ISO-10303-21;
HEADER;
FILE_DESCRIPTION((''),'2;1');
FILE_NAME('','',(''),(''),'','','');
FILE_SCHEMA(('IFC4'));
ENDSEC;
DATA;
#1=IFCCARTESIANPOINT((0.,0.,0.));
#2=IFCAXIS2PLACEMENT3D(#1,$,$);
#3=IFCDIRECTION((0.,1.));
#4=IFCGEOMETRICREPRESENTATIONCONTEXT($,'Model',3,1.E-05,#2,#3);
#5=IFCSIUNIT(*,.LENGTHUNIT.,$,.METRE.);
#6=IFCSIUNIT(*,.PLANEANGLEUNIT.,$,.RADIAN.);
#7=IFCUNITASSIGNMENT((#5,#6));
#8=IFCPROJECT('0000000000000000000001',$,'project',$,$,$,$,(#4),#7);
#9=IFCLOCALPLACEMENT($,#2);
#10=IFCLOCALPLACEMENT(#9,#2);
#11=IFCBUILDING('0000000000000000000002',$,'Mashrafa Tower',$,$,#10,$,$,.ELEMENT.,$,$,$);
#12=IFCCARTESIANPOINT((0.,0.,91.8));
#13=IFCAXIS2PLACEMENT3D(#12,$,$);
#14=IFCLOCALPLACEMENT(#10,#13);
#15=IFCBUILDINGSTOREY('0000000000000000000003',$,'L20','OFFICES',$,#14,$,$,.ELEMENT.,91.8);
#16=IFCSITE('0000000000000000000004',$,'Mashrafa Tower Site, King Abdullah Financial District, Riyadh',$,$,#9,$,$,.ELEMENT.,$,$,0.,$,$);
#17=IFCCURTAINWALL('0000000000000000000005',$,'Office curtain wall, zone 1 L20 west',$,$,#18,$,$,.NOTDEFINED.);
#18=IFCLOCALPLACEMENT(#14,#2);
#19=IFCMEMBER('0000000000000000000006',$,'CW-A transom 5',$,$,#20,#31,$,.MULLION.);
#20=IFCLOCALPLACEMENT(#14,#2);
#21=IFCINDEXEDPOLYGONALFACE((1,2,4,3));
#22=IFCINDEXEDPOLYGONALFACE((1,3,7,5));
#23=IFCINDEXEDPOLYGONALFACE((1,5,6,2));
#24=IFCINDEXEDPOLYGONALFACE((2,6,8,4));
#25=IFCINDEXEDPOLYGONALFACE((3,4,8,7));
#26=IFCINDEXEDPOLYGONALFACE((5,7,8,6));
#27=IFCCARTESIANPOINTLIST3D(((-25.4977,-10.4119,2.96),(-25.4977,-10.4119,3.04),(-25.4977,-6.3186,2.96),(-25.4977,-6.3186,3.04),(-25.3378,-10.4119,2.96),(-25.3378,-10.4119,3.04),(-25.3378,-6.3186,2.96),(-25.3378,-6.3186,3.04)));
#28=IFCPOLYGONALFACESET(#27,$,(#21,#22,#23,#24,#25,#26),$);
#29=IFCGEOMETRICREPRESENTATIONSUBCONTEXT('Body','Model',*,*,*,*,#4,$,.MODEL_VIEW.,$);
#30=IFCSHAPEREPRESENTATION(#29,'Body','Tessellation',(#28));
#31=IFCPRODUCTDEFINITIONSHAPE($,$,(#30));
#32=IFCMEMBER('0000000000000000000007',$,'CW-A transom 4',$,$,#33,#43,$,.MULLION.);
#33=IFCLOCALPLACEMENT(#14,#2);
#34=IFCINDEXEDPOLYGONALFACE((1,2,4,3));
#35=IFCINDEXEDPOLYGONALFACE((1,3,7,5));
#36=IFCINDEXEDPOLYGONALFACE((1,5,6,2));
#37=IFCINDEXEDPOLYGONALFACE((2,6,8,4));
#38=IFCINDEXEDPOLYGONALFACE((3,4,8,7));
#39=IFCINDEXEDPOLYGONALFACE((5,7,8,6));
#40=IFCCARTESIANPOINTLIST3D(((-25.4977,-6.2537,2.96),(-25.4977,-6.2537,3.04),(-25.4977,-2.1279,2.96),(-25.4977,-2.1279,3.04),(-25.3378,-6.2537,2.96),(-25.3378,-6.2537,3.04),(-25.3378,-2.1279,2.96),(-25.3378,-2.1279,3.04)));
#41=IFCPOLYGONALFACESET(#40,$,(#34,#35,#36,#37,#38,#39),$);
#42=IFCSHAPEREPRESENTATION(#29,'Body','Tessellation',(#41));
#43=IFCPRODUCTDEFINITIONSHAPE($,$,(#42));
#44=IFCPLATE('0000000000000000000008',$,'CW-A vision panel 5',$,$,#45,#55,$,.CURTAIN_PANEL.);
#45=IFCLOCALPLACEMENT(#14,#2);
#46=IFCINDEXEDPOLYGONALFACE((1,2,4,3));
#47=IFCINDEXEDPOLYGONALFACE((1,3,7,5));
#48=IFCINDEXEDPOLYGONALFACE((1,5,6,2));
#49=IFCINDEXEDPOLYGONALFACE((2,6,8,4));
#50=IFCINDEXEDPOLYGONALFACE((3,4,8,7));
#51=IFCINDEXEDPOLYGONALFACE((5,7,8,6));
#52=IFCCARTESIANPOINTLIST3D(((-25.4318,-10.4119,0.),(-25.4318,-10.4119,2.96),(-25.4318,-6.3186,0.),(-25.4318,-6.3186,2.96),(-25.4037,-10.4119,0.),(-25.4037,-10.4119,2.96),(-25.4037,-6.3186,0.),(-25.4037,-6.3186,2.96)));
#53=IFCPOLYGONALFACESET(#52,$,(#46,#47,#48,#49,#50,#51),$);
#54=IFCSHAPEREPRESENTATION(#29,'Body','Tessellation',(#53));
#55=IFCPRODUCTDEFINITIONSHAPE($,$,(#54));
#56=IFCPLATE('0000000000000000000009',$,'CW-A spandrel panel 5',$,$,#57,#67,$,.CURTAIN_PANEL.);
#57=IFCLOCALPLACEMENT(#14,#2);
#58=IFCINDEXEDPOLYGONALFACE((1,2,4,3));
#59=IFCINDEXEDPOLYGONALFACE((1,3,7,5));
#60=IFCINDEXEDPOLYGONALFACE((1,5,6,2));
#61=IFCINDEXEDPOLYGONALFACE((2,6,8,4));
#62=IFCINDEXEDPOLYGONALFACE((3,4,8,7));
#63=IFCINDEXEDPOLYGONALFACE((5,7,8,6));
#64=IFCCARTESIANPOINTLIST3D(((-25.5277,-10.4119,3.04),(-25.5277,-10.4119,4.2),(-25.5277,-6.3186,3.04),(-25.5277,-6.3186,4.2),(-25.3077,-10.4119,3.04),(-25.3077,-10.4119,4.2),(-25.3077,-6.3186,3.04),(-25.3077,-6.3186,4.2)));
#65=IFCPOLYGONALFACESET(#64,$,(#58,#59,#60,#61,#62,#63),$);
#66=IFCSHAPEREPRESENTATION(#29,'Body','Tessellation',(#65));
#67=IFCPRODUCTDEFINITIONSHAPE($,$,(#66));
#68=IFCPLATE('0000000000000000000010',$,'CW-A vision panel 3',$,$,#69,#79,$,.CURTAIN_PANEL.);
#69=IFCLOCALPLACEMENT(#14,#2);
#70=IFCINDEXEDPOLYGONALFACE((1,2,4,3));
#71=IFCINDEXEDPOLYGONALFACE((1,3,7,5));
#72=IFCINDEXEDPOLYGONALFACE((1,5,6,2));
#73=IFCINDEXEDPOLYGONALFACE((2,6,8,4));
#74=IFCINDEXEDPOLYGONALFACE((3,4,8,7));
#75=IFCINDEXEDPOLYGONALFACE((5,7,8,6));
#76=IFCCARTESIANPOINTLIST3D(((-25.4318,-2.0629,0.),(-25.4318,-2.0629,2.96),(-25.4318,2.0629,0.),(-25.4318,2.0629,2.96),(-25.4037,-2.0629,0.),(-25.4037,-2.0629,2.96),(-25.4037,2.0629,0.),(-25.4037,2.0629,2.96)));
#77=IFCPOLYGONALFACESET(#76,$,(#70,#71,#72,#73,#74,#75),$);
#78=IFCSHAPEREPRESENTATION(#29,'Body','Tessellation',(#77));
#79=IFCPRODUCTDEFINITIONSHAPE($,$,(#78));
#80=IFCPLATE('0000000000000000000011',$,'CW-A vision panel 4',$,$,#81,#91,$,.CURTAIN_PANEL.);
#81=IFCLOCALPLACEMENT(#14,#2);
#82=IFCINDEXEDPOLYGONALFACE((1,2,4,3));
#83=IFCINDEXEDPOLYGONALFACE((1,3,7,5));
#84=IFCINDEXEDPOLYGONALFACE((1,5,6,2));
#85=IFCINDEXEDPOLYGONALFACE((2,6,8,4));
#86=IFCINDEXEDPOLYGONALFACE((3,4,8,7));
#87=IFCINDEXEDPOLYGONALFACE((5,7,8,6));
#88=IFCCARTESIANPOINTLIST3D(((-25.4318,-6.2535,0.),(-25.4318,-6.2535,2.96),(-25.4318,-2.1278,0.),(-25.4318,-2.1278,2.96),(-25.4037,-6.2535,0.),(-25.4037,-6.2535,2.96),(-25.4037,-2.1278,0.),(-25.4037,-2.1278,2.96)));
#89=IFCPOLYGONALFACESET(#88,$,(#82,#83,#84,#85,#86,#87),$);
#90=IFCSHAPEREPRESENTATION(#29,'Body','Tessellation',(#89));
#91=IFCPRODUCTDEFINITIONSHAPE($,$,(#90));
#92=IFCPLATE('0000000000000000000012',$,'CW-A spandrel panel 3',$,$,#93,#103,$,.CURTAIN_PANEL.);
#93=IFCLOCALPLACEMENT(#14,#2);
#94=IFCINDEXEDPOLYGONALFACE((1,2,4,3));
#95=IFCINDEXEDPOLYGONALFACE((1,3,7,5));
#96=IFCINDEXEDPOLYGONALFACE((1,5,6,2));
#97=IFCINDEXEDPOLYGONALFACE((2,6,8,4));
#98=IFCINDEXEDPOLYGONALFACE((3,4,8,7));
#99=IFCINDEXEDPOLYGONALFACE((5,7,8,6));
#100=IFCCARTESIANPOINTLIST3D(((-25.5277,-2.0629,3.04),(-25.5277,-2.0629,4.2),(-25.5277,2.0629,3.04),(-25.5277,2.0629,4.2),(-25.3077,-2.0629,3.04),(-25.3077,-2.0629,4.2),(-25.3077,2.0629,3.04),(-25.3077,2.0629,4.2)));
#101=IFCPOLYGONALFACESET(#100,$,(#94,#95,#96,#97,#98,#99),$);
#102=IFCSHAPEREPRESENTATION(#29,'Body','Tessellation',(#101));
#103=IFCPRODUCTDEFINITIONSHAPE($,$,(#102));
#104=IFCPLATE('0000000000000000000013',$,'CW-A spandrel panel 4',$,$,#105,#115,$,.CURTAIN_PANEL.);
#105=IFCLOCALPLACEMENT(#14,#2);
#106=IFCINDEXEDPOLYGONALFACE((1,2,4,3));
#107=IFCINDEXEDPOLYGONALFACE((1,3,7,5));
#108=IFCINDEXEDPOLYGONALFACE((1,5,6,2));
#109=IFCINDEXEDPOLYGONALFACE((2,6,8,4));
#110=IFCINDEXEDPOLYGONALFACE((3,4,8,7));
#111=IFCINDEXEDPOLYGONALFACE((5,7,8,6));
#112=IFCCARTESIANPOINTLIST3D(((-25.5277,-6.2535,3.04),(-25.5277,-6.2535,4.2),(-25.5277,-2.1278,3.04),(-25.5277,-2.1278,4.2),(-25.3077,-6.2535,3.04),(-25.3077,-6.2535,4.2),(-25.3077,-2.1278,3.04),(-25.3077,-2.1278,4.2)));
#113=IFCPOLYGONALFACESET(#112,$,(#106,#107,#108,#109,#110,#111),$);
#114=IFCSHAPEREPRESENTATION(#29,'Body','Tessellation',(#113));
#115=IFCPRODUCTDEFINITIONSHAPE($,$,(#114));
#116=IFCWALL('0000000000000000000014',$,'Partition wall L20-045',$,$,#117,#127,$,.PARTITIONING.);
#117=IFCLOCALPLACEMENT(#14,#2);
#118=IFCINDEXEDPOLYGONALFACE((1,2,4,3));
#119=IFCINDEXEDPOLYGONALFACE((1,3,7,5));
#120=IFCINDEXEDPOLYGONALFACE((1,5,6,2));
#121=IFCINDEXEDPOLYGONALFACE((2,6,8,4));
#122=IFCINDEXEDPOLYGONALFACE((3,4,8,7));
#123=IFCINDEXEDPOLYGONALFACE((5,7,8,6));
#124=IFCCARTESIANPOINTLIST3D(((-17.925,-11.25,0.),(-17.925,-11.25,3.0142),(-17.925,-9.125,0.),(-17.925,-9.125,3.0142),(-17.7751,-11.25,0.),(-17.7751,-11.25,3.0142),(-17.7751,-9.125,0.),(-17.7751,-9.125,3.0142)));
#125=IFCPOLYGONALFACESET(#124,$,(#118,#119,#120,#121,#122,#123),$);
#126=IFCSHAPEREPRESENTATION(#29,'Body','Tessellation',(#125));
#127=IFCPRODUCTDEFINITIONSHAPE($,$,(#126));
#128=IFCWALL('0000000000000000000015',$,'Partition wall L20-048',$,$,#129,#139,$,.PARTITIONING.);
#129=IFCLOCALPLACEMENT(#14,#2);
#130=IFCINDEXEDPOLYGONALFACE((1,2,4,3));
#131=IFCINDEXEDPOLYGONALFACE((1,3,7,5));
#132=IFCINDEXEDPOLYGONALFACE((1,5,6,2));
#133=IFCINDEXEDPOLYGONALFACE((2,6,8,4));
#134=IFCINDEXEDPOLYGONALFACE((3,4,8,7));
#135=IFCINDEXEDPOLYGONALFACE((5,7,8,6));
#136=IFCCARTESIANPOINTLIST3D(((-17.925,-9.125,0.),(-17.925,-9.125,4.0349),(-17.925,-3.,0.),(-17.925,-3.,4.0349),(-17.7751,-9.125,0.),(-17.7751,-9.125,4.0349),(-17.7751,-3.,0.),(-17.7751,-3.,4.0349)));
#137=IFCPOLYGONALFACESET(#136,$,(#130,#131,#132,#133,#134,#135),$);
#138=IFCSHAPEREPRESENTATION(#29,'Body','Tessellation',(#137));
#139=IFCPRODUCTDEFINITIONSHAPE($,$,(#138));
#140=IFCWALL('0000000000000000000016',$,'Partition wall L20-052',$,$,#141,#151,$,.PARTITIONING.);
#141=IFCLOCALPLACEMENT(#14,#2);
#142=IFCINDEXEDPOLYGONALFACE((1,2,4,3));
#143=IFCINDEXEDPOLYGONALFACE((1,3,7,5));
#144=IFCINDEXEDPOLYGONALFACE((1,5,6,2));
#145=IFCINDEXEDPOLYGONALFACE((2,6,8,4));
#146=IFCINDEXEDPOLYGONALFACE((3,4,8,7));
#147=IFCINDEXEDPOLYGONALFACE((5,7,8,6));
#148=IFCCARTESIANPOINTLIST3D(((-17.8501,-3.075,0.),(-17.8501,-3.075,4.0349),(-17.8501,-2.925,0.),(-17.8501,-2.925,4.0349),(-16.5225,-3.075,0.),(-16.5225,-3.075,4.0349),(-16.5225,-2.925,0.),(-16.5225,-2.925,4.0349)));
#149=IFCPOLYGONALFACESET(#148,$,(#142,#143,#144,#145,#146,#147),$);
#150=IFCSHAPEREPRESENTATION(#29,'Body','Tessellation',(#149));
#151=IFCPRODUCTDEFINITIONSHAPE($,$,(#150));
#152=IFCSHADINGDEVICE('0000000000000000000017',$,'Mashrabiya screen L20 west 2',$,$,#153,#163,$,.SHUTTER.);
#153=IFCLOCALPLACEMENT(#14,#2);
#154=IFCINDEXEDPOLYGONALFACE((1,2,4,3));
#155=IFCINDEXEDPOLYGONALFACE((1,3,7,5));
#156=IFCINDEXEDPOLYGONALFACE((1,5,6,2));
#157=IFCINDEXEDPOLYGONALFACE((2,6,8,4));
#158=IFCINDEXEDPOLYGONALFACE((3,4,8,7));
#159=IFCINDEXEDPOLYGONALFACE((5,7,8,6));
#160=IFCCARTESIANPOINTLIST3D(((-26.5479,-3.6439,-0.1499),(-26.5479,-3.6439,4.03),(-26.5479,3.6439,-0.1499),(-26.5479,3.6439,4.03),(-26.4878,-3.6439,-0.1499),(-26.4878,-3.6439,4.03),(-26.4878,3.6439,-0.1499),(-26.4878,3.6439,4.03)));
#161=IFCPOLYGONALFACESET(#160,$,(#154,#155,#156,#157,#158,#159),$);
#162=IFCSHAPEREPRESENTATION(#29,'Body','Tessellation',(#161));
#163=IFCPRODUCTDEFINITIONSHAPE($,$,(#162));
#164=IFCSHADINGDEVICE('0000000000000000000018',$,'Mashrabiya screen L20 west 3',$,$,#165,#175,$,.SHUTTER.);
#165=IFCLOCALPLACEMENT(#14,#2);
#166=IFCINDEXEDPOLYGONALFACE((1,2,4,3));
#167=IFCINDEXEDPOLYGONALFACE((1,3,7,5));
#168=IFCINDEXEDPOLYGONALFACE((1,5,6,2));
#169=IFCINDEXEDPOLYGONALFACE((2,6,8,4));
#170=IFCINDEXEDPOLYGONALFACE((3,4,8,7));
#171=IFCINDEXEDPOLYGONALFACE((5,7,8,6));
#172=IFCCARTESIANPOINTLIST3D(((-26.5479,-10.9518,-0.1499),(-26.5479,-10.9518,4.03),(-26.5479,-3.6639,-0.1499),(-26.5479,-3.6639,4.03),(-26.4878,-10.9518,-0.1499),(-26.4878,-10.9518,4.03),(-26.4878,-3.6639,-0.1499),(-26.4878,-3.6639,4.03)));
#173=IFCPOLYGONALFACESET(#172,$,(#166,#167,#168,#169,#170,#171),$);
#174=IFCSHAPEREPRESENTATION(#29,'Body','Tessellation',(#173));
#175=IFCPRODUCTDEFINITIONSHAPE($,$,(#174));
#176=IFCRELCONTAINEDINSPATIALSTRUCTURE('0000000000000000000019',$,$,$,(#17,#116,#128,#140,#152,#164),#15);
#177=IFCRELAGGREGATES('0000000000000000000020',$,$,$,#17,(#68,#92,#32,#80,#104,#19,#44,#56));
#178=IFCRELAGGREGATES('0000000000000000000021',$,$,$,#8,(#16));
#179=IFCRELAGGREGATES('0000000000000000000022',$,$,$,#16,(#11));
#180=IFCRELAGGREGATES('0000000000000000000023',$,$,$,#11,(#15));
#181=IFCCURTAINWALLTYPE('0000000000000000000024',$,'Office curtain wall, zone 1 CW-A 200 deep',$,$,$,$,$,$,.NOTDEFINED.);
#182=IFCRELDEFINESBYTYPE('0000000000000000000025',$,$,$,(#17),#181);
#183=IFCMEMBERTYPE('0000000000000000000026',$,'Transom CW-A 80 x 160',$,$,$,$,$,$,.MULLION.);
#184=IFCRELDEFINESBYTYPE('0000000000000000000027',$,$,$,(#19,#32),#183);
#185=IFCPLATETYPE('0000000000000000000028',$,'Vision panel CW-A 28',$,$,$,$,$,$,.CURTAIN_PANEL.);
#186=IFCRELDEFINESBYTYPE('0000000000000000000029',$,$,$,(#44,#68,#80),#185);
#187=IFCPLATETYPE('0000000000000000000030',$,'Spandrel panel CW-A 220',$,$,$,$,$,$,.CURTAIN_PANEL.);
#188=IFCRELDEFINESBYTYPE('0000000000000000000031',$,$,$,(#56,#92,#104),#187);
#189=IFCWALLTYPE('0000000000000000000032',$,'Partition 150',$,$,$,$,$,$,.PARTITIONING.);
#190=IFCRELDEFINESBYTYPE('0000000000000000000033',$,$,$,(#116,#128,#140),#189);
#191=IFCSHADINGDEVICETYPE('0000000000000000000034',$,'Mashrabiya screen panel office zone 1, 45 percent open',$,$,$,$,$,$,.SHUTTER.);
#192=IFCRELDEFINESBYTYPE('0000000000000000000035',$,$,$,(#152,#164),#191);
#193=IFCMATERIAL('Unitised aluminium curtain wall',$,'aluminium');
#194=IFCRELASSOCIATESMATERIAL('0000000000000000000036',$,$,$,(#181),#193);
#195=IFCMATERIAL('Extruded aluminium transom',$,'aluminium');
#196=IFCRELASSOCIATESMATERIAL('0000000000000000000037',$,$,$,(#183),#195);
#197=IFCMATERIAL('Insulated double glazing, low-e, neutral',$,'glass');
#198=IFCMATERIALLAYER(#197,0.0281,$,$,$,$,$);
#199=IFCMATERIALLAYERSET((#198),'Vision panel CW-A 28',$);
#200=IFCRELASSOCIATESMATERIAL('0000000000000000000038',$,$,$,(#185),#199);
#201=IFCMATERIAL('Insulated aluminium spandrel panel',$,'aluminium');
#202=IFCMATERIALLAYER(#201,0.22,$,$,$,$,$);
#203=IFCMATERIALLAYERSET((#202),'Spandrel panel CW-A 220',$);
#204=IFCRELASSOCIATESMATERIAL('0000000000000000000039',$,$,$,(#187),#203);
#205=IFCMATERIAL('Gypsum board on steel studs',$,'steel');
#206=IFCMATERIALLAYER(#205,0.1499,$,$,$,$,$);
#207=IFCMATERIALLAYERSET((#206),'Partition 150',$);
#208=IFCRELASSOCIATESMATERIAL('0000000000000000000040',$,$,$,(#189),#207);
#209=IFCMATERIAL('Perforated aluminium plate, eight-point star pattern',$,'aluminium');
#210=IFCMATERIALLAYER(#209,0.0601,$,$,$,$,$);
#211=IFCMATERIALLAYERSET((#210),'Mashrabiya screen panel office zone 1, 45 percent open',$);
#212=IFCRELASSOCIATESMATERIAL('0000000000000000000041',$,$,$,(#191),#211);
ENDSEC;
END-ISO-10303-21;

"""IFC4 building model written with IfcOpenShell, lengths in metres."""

from ifc_helpers import new_model, si_unit, direction, frame, frame_2d, origin, origin_2d, place, context, subcontext, project, spatial, rectangle, extrude, source, transform, mapped, material, layer, layer_set, material_profile, profile_set, type_object, type_shapes, element, aggregate, save


model = new_model("IFC4")

# Units and contexts
model_context = context("Model", 3, precision=1e-05, world=origin(), true_north=direction((0.0, 1.0)))
body_context = subcontext(model_context, "Body", "Model", "MODEL_VIEW")
ifc_project = project(units=[si_unit("LENGTHUNIT", "METRE"), si_unit("PLANEANGLEUNIT", "RADIAN")], contexts=[model_context])

# Site, building, storey
site_placement = place(None, origin())
site = spatial("IfcSite", under=ifc_project, at=site_placement, Name="Mashrafa Tower Site, King Abdullah Financial District, Riyadh", CompositionType="ELEMENT", RefElevation=0.0)
building_placement = place(site_placement, origin())
building = spatial("IfcBuilding", under=site, at=building_placement, Name="Mashrafa Tower", CompositionType="ELEMENT")
storey_placement = place(building_placement, frame((0.0, 0.0, 91.8)))
storey = spatial("IfcBuildingStorey", under=building, at=storey_placement, Name="L20", Description="OFFICES", CompositionType="ELEMENT", Elevation=91.8)

# Curtain wall, members, plates
ifc_material_1 = material(Name="Unitised aluminium curtain wall", Category="aluminium")
curtain_wall_type = type_object("IfcCurtainWallType", Name="Office curtain wall, zone 1 CW-A 200 deep", PredefinedType="NOTDEFINED", material=ifc_material_1)
curtain_wall_placement = place(storey_placement, origin())
curtain_wall = element("IfcCurtainWall", 1, at=curtain_wall_placement, inside=storey, type_object=curtain_wall_type, Name="Office curtain wall, zone 1 L20 west", PredefinedType="NOTDEFINED")
ifc_material_2 = material(Name="Extruded aluminium transom", Category="aluminium")
ifc_material_profile_1 = material_profile(ifc_material_2, rectangle(XDim=0.1599, YDim=0.0801, at=origin_2d()), Name="Transom 80x160")
ifc_profile_set_1 = profile_set([ifc_material_profile_1], Name="Extruded aluminium transom")
member_type_1 = type_object("IfcMemberType", Name="Transom CW-A 80 x 160", PredefinedType="MULLION", material=ifc_profile_set_1)
shared_shape_1 = source(origin(), body_context, "Body", "SweptSolid", [
    extrude(rectangle(XDim=0.1599, YDim=0.0801, at=origin_2d()), origin(), (0.0, 0.0, 1.0), 4.0933),
])
member_1_placement = place(storey_placement, frame((-25.4177, -6.3186, 3.0), z_axis=(0.0, -1.0, 0.0), x_axis=(1.0, 0.0, 0.0)))
member_1 = element("IfcMember", 2, at=member_1_placement, type_object=member_type_1, Name="CW-A transom 5", PredefinedType="MULLION", context=body_context, shape_type="MappedRepresentation", body=[
    mapped(shared_shape_1, transform((0.0, 0.0, 0.0))),
])
shared_shape_2 = source(origin(), body_context, "Body", "SweptSolid", [
    extrude(rectangle(XDim=0.1599, YDim=0.0801, at=origin_2d()), origin(), (0.0, 0.0, 1.0), 4.1257),
])
type_shapes(member_type_1, [shared_shape_1, shared_shape_2])
member_2_placement = place(storey_placement, frame((-25.4177, -2.1279, 3.0), z_axis=(0.0, -1.0, 0.0), x_axis=(1.0, 0.0, 0.0)))
member_2 = element("IfcMember", 3, at=member_2_placement, type_object=member_type_1, Name="CW-A transom 4", PredefinedType="MULLION", context=body_context, shape_type="MappedRepresentation", body=[
    mapped(shared_shape_2, transform((0.0, 0.0, 0.0))),
])
ifc_material_3 = material(Name="Insulated double glazing, low-e, neutral", Category="glass")
ifc_layer_1 = layer(ifc_material_3, 0.0281)
ifc_layer_set_1 = layer_set([ifc_layer_1], Name="Vision panel CW-A 28")
plate_type_1 = type_object("IfcPlateType", Name="Vision panel CW-A 28", PredefinedType="CURTAIN_PANEL", material=ifc_layer_set_1)
shared_shape_3 = source(origin(), body_context, "Body", "SweptSolid", [
    extrude(rectangle(XDim=4.0933, YDim=0.0281, at=origin_2d()), origin(), (0.0, 0.0, 1.0), 2.96),
])
plate_1_placement = place(storey_placement, frame((-25.4177, -8.3652, 0.0), z_axis=(0.0, 0.0, 1.0), x_axis=(0.0, -1.0, 0.0)))
plate_1 = element("IfcPlate", 4, at=plate_1_placement, type_object=plate_type_1, Name="CW-A vision panel 5", PredefinedType="CURTAIN_PANEL", context=body_context, shape_type="MappedRepresentation", body=[
    mapped(shared_shape_3, transform((0.0, 0.0, 0.0))),
])
ifc_material_4 = material(Name="Insulated aluminium spandrel panel", Category="aluminium")
ifc_layer_2 = layer(ifc_material_4, 0.22)
ifc_layer_set_2 = layer_set([ifc_layer_2], Name="Spandrel panel CW-A 220")
plate_type_2 = type_object("IfcPlateType", Name="Spandrel panel CW-A 220", PredefinedType="CURTAIN_PANEL", material=ifc_layer_set_2)
shared_shape_4 = source(origin(), body_context, "Body", "SweptSolid", [
    extrude(rectangle(XDim=4.0933, YDim=0.22, at=origin_2d()), origin(), (0.0, 0.0, 1.0), 1.1599),
])
plate_2_placement = place(storey_placement, frame((-25.4177, -8.3652, 3.04), z_axis=(0.0, 0.0, 1.0), x_axis=(0.0, -1.0, 0.0)))
plate_2 = element("IfcPlate", 5, at=plate_2_placement, type_object=plate_type_2, Name="CW-A spandrel panel 5", PredefinedType="CURTAIN_PANEL", context=body_context, shape_type="MappedRepresentation", body=[
    mapped(shared_shape_4, transform((0.0, 0.0, 0.0))),
])
shared_shape_5 = source(origin(), body_context, "Body", "SweptSolid", [
    extrude(rectangle(XDim=4.1257, YDim=0.0281, at=origin_2d()), origin(), (0.0, 0.0, 1.0), 2.96),
])
type_shapes(plate_type_1, [shared_shape_3, shared_shape_5])
plate_3_placement = place(storey_placement, frame((-25.4177, 0.0, 0.0), z_axis=(0.0, 0.0, 1.0), x_axis=(0.0, -1.0, 0.0)))
plate_3 = element("IfcPlate", 6, at=plate_3_placement, type_object=plate_type_1, Name="CW-A vision panel 3", PredefinedType="CURTAIN_PANEL", context=body_context, shape_type="MappedRepresentation", body=[
    mapped(shared_shape_5, transform((0.0, 0.0, 0.0))),
])
plate_4_placement = place(storey_placement, frame((-25.4177, -4.1907, 0.0), z_axis=(0.0, 0.0, 1.0), x_axis=(0.0, -1.0, 0.0)))
plate_4 = element("IfcPlate", 7, at=plate_4_placement, type_object=plate_type_1, Name="CW-A vision panel 4", PredefinedType="CURTAIN_PANEL", context=body_context, shape_type="MappedRepresentation", body=[
    mapped(shared_shape_5, transform((0.0, 0.0, 0.0))),
])
shared_shape_6 = source(origin(), body_context, "Body", "SweptSolid", [
    extrude(rectangle(XDim=4.1257, YDim=0.22, at=origin_2d()), origin(), (0.0, 0.0, 1.0), 1.1599),
])
type_shapes(plate_type_2, [shared_shape_4, shared_shape_6])
plate_5_placement = place(storey_placement, frame((-25.4177, 0.0, 3.04), z_axis=(0.0, 0.0, 1.0), x_axis=(0.0, -1.0, 0.0)))
plate_5 = element("IfcPlate", 8, at=plate_5_placement, type_object=plate_type_2, Name="CW-A spandrel panel 3", PredefinedType="CURTAIN_PANEL", context=body_context, shape_type="MappedRepresentation", body=[
    mapped(shared_shape_6, transform((0.0, 0.0, 0.0))),
])
plate_6_placement = place(storey_placement, frame((-25.4177, -4.1907, 3.04), z_axis=(0.0, 0.0, 1.0), x_axis=(0.0, -1.0, 0.0)))
plate_6 = element("IfcPlate", 9, at=plate_6_placement, type_object=plate_type_2, Name="CW-A spandrel panel 4", PredefinedType="CURTAIN_PANEL", context=body_context, shape_type="MappedRepresentation", body=[
    mapped(shared_shape_6, transform((0.0, 0.0, 0.0))),
])
aggregate(curtain_wall, [plate_3, plate_5, member_2, plate_4, plate_6, member_1, plate_1, plate_2])

# Walls
ifc_material_5 = material(Name="Gypsum board on steel studs", Category="steel")
ifc_layer_3 = layer(ifc_material_5, 0.1499)
ifc_layer_set_3 = layer_set([ifc_layer_3], Name="Partition 150")
wall_type = type_object("IfcWallType", Name="Partition 150", PredefinedType="PARTITIONING", material=ifc_layer_set_3)
wall_1_placement = place(storey_placement, frame((-17.8501, -9.125, 0.0), z_axis=(0.0, 0.0, 1.0), x_axis=(0.0, -1.0, 0.0)))
element("IfcWall", 10, at=wall_1_placement, inside=storey, type_object=wall_type, Name="Partition wall L20-045", PredefinedType="PARTITIONING", context=body_context, shape_type="SweptSolid", body=[
    extrude(rectangle(XDim=2.125, YDim=0.1499, at=frame_2d((1.0625, 0.0))), origin(), (0.0, 0.0, 1.0), 3.0142),
])
wall_2_placement = place(storey_placement, frame((-17.8501, -9.125, 0.0), z_axis=(0.0, 0.0, 1.0), x_axis=(0.0, 1.0, 0.0)))
element("IfcWall", 11, at=wall_2_placement, inside=storey, type_object=wall_type, Name="Partition wall L20-048", PredefinedType="PARTITIONING", context=body_context, shape_type="SweptSolid", body=[
    extrude(rectangle(XDim=6.125, YDim=0.1499, at=frame_2d((3.0625, 0.0))), origin(), (0.0, 0.0, 1.0), 4.0349),
])
wall_3_placement = place(storey_placement, frame((-16.5225, -3.0, 0.0), z_axis=(0.0, 0.0, 1.0), x_axis=(-1.0, 0.0, 0.0)))
element("IfcWall", 12, at=wall_3_placement, inside=storey, type_object=wall_type, Name="Partition wall L20-052", PredefinedType="PARTITIONING", context=body_context, shape_type="SweptSolid", body=[
    extrude(rectangle(XDim=1.3276, YDim=0.1499, at=frame_2d((0.6638, 0.0))), origin(), (0.0, 0.0, 1.0), 4.0349),
])

# Shading devices
ifc_material_6 = material(Name="Perforated aluminium plate, eight-point star pattern", Category="aluminium")
ifc_layer_4 = layer(ifc_material_6, 0.0601)
ifc_layer_set_4 = layer_set([ifc_layer_4], Name="Mashrabiya screen panel office zone 1, 45 percent open")
shading_device_type = type_object("IfcShadingDeviceType", Name="Mashrabiya screen panel office zone 1, 45 percent open", PredefinedType="SHUTTER", material=ifc_layer_set_4)
shared_shape_7 = source(origin(), body_context, "Body", "SweptSolid", [
    extrude(rectangle(XDim=7.2878, YDim=0.0601, at=origin_2d()), origin(), (0.0, 0.0, 1.0), 4.1799),
])
type_shapes(shading_device_type, [shared_shape_7])
for number, where, z_axis, x_axis, name in (
    (13, (-26.5178, 0.0, -0.1499), (0.0, 0.0, 1.0), (0.0, -1.0, 0.0), "Mashrabiya screen L20 west 2"),
    (14, (-26.5178, -7.3079, -0.1499), (0.0, 0.0, 1.0), (0.0, -1.0, 0.0), "Mashrabiya screen L20 west 3"),
):
    element("IfcShadingDevice", number, at=place(storey_placement, frame(where, z_axis=z_axis, x_axis=x_axis)), inside=storey, type_object=shading_device_type, Name=name, PredefinedType="SHUTTER", context=body_context, shape_type="MappedRepresentation", body=[
        mapped(shared_shape_7, transform((0.0, 0.0, 0.0))),
    ])

save(model, "model.ifc")
